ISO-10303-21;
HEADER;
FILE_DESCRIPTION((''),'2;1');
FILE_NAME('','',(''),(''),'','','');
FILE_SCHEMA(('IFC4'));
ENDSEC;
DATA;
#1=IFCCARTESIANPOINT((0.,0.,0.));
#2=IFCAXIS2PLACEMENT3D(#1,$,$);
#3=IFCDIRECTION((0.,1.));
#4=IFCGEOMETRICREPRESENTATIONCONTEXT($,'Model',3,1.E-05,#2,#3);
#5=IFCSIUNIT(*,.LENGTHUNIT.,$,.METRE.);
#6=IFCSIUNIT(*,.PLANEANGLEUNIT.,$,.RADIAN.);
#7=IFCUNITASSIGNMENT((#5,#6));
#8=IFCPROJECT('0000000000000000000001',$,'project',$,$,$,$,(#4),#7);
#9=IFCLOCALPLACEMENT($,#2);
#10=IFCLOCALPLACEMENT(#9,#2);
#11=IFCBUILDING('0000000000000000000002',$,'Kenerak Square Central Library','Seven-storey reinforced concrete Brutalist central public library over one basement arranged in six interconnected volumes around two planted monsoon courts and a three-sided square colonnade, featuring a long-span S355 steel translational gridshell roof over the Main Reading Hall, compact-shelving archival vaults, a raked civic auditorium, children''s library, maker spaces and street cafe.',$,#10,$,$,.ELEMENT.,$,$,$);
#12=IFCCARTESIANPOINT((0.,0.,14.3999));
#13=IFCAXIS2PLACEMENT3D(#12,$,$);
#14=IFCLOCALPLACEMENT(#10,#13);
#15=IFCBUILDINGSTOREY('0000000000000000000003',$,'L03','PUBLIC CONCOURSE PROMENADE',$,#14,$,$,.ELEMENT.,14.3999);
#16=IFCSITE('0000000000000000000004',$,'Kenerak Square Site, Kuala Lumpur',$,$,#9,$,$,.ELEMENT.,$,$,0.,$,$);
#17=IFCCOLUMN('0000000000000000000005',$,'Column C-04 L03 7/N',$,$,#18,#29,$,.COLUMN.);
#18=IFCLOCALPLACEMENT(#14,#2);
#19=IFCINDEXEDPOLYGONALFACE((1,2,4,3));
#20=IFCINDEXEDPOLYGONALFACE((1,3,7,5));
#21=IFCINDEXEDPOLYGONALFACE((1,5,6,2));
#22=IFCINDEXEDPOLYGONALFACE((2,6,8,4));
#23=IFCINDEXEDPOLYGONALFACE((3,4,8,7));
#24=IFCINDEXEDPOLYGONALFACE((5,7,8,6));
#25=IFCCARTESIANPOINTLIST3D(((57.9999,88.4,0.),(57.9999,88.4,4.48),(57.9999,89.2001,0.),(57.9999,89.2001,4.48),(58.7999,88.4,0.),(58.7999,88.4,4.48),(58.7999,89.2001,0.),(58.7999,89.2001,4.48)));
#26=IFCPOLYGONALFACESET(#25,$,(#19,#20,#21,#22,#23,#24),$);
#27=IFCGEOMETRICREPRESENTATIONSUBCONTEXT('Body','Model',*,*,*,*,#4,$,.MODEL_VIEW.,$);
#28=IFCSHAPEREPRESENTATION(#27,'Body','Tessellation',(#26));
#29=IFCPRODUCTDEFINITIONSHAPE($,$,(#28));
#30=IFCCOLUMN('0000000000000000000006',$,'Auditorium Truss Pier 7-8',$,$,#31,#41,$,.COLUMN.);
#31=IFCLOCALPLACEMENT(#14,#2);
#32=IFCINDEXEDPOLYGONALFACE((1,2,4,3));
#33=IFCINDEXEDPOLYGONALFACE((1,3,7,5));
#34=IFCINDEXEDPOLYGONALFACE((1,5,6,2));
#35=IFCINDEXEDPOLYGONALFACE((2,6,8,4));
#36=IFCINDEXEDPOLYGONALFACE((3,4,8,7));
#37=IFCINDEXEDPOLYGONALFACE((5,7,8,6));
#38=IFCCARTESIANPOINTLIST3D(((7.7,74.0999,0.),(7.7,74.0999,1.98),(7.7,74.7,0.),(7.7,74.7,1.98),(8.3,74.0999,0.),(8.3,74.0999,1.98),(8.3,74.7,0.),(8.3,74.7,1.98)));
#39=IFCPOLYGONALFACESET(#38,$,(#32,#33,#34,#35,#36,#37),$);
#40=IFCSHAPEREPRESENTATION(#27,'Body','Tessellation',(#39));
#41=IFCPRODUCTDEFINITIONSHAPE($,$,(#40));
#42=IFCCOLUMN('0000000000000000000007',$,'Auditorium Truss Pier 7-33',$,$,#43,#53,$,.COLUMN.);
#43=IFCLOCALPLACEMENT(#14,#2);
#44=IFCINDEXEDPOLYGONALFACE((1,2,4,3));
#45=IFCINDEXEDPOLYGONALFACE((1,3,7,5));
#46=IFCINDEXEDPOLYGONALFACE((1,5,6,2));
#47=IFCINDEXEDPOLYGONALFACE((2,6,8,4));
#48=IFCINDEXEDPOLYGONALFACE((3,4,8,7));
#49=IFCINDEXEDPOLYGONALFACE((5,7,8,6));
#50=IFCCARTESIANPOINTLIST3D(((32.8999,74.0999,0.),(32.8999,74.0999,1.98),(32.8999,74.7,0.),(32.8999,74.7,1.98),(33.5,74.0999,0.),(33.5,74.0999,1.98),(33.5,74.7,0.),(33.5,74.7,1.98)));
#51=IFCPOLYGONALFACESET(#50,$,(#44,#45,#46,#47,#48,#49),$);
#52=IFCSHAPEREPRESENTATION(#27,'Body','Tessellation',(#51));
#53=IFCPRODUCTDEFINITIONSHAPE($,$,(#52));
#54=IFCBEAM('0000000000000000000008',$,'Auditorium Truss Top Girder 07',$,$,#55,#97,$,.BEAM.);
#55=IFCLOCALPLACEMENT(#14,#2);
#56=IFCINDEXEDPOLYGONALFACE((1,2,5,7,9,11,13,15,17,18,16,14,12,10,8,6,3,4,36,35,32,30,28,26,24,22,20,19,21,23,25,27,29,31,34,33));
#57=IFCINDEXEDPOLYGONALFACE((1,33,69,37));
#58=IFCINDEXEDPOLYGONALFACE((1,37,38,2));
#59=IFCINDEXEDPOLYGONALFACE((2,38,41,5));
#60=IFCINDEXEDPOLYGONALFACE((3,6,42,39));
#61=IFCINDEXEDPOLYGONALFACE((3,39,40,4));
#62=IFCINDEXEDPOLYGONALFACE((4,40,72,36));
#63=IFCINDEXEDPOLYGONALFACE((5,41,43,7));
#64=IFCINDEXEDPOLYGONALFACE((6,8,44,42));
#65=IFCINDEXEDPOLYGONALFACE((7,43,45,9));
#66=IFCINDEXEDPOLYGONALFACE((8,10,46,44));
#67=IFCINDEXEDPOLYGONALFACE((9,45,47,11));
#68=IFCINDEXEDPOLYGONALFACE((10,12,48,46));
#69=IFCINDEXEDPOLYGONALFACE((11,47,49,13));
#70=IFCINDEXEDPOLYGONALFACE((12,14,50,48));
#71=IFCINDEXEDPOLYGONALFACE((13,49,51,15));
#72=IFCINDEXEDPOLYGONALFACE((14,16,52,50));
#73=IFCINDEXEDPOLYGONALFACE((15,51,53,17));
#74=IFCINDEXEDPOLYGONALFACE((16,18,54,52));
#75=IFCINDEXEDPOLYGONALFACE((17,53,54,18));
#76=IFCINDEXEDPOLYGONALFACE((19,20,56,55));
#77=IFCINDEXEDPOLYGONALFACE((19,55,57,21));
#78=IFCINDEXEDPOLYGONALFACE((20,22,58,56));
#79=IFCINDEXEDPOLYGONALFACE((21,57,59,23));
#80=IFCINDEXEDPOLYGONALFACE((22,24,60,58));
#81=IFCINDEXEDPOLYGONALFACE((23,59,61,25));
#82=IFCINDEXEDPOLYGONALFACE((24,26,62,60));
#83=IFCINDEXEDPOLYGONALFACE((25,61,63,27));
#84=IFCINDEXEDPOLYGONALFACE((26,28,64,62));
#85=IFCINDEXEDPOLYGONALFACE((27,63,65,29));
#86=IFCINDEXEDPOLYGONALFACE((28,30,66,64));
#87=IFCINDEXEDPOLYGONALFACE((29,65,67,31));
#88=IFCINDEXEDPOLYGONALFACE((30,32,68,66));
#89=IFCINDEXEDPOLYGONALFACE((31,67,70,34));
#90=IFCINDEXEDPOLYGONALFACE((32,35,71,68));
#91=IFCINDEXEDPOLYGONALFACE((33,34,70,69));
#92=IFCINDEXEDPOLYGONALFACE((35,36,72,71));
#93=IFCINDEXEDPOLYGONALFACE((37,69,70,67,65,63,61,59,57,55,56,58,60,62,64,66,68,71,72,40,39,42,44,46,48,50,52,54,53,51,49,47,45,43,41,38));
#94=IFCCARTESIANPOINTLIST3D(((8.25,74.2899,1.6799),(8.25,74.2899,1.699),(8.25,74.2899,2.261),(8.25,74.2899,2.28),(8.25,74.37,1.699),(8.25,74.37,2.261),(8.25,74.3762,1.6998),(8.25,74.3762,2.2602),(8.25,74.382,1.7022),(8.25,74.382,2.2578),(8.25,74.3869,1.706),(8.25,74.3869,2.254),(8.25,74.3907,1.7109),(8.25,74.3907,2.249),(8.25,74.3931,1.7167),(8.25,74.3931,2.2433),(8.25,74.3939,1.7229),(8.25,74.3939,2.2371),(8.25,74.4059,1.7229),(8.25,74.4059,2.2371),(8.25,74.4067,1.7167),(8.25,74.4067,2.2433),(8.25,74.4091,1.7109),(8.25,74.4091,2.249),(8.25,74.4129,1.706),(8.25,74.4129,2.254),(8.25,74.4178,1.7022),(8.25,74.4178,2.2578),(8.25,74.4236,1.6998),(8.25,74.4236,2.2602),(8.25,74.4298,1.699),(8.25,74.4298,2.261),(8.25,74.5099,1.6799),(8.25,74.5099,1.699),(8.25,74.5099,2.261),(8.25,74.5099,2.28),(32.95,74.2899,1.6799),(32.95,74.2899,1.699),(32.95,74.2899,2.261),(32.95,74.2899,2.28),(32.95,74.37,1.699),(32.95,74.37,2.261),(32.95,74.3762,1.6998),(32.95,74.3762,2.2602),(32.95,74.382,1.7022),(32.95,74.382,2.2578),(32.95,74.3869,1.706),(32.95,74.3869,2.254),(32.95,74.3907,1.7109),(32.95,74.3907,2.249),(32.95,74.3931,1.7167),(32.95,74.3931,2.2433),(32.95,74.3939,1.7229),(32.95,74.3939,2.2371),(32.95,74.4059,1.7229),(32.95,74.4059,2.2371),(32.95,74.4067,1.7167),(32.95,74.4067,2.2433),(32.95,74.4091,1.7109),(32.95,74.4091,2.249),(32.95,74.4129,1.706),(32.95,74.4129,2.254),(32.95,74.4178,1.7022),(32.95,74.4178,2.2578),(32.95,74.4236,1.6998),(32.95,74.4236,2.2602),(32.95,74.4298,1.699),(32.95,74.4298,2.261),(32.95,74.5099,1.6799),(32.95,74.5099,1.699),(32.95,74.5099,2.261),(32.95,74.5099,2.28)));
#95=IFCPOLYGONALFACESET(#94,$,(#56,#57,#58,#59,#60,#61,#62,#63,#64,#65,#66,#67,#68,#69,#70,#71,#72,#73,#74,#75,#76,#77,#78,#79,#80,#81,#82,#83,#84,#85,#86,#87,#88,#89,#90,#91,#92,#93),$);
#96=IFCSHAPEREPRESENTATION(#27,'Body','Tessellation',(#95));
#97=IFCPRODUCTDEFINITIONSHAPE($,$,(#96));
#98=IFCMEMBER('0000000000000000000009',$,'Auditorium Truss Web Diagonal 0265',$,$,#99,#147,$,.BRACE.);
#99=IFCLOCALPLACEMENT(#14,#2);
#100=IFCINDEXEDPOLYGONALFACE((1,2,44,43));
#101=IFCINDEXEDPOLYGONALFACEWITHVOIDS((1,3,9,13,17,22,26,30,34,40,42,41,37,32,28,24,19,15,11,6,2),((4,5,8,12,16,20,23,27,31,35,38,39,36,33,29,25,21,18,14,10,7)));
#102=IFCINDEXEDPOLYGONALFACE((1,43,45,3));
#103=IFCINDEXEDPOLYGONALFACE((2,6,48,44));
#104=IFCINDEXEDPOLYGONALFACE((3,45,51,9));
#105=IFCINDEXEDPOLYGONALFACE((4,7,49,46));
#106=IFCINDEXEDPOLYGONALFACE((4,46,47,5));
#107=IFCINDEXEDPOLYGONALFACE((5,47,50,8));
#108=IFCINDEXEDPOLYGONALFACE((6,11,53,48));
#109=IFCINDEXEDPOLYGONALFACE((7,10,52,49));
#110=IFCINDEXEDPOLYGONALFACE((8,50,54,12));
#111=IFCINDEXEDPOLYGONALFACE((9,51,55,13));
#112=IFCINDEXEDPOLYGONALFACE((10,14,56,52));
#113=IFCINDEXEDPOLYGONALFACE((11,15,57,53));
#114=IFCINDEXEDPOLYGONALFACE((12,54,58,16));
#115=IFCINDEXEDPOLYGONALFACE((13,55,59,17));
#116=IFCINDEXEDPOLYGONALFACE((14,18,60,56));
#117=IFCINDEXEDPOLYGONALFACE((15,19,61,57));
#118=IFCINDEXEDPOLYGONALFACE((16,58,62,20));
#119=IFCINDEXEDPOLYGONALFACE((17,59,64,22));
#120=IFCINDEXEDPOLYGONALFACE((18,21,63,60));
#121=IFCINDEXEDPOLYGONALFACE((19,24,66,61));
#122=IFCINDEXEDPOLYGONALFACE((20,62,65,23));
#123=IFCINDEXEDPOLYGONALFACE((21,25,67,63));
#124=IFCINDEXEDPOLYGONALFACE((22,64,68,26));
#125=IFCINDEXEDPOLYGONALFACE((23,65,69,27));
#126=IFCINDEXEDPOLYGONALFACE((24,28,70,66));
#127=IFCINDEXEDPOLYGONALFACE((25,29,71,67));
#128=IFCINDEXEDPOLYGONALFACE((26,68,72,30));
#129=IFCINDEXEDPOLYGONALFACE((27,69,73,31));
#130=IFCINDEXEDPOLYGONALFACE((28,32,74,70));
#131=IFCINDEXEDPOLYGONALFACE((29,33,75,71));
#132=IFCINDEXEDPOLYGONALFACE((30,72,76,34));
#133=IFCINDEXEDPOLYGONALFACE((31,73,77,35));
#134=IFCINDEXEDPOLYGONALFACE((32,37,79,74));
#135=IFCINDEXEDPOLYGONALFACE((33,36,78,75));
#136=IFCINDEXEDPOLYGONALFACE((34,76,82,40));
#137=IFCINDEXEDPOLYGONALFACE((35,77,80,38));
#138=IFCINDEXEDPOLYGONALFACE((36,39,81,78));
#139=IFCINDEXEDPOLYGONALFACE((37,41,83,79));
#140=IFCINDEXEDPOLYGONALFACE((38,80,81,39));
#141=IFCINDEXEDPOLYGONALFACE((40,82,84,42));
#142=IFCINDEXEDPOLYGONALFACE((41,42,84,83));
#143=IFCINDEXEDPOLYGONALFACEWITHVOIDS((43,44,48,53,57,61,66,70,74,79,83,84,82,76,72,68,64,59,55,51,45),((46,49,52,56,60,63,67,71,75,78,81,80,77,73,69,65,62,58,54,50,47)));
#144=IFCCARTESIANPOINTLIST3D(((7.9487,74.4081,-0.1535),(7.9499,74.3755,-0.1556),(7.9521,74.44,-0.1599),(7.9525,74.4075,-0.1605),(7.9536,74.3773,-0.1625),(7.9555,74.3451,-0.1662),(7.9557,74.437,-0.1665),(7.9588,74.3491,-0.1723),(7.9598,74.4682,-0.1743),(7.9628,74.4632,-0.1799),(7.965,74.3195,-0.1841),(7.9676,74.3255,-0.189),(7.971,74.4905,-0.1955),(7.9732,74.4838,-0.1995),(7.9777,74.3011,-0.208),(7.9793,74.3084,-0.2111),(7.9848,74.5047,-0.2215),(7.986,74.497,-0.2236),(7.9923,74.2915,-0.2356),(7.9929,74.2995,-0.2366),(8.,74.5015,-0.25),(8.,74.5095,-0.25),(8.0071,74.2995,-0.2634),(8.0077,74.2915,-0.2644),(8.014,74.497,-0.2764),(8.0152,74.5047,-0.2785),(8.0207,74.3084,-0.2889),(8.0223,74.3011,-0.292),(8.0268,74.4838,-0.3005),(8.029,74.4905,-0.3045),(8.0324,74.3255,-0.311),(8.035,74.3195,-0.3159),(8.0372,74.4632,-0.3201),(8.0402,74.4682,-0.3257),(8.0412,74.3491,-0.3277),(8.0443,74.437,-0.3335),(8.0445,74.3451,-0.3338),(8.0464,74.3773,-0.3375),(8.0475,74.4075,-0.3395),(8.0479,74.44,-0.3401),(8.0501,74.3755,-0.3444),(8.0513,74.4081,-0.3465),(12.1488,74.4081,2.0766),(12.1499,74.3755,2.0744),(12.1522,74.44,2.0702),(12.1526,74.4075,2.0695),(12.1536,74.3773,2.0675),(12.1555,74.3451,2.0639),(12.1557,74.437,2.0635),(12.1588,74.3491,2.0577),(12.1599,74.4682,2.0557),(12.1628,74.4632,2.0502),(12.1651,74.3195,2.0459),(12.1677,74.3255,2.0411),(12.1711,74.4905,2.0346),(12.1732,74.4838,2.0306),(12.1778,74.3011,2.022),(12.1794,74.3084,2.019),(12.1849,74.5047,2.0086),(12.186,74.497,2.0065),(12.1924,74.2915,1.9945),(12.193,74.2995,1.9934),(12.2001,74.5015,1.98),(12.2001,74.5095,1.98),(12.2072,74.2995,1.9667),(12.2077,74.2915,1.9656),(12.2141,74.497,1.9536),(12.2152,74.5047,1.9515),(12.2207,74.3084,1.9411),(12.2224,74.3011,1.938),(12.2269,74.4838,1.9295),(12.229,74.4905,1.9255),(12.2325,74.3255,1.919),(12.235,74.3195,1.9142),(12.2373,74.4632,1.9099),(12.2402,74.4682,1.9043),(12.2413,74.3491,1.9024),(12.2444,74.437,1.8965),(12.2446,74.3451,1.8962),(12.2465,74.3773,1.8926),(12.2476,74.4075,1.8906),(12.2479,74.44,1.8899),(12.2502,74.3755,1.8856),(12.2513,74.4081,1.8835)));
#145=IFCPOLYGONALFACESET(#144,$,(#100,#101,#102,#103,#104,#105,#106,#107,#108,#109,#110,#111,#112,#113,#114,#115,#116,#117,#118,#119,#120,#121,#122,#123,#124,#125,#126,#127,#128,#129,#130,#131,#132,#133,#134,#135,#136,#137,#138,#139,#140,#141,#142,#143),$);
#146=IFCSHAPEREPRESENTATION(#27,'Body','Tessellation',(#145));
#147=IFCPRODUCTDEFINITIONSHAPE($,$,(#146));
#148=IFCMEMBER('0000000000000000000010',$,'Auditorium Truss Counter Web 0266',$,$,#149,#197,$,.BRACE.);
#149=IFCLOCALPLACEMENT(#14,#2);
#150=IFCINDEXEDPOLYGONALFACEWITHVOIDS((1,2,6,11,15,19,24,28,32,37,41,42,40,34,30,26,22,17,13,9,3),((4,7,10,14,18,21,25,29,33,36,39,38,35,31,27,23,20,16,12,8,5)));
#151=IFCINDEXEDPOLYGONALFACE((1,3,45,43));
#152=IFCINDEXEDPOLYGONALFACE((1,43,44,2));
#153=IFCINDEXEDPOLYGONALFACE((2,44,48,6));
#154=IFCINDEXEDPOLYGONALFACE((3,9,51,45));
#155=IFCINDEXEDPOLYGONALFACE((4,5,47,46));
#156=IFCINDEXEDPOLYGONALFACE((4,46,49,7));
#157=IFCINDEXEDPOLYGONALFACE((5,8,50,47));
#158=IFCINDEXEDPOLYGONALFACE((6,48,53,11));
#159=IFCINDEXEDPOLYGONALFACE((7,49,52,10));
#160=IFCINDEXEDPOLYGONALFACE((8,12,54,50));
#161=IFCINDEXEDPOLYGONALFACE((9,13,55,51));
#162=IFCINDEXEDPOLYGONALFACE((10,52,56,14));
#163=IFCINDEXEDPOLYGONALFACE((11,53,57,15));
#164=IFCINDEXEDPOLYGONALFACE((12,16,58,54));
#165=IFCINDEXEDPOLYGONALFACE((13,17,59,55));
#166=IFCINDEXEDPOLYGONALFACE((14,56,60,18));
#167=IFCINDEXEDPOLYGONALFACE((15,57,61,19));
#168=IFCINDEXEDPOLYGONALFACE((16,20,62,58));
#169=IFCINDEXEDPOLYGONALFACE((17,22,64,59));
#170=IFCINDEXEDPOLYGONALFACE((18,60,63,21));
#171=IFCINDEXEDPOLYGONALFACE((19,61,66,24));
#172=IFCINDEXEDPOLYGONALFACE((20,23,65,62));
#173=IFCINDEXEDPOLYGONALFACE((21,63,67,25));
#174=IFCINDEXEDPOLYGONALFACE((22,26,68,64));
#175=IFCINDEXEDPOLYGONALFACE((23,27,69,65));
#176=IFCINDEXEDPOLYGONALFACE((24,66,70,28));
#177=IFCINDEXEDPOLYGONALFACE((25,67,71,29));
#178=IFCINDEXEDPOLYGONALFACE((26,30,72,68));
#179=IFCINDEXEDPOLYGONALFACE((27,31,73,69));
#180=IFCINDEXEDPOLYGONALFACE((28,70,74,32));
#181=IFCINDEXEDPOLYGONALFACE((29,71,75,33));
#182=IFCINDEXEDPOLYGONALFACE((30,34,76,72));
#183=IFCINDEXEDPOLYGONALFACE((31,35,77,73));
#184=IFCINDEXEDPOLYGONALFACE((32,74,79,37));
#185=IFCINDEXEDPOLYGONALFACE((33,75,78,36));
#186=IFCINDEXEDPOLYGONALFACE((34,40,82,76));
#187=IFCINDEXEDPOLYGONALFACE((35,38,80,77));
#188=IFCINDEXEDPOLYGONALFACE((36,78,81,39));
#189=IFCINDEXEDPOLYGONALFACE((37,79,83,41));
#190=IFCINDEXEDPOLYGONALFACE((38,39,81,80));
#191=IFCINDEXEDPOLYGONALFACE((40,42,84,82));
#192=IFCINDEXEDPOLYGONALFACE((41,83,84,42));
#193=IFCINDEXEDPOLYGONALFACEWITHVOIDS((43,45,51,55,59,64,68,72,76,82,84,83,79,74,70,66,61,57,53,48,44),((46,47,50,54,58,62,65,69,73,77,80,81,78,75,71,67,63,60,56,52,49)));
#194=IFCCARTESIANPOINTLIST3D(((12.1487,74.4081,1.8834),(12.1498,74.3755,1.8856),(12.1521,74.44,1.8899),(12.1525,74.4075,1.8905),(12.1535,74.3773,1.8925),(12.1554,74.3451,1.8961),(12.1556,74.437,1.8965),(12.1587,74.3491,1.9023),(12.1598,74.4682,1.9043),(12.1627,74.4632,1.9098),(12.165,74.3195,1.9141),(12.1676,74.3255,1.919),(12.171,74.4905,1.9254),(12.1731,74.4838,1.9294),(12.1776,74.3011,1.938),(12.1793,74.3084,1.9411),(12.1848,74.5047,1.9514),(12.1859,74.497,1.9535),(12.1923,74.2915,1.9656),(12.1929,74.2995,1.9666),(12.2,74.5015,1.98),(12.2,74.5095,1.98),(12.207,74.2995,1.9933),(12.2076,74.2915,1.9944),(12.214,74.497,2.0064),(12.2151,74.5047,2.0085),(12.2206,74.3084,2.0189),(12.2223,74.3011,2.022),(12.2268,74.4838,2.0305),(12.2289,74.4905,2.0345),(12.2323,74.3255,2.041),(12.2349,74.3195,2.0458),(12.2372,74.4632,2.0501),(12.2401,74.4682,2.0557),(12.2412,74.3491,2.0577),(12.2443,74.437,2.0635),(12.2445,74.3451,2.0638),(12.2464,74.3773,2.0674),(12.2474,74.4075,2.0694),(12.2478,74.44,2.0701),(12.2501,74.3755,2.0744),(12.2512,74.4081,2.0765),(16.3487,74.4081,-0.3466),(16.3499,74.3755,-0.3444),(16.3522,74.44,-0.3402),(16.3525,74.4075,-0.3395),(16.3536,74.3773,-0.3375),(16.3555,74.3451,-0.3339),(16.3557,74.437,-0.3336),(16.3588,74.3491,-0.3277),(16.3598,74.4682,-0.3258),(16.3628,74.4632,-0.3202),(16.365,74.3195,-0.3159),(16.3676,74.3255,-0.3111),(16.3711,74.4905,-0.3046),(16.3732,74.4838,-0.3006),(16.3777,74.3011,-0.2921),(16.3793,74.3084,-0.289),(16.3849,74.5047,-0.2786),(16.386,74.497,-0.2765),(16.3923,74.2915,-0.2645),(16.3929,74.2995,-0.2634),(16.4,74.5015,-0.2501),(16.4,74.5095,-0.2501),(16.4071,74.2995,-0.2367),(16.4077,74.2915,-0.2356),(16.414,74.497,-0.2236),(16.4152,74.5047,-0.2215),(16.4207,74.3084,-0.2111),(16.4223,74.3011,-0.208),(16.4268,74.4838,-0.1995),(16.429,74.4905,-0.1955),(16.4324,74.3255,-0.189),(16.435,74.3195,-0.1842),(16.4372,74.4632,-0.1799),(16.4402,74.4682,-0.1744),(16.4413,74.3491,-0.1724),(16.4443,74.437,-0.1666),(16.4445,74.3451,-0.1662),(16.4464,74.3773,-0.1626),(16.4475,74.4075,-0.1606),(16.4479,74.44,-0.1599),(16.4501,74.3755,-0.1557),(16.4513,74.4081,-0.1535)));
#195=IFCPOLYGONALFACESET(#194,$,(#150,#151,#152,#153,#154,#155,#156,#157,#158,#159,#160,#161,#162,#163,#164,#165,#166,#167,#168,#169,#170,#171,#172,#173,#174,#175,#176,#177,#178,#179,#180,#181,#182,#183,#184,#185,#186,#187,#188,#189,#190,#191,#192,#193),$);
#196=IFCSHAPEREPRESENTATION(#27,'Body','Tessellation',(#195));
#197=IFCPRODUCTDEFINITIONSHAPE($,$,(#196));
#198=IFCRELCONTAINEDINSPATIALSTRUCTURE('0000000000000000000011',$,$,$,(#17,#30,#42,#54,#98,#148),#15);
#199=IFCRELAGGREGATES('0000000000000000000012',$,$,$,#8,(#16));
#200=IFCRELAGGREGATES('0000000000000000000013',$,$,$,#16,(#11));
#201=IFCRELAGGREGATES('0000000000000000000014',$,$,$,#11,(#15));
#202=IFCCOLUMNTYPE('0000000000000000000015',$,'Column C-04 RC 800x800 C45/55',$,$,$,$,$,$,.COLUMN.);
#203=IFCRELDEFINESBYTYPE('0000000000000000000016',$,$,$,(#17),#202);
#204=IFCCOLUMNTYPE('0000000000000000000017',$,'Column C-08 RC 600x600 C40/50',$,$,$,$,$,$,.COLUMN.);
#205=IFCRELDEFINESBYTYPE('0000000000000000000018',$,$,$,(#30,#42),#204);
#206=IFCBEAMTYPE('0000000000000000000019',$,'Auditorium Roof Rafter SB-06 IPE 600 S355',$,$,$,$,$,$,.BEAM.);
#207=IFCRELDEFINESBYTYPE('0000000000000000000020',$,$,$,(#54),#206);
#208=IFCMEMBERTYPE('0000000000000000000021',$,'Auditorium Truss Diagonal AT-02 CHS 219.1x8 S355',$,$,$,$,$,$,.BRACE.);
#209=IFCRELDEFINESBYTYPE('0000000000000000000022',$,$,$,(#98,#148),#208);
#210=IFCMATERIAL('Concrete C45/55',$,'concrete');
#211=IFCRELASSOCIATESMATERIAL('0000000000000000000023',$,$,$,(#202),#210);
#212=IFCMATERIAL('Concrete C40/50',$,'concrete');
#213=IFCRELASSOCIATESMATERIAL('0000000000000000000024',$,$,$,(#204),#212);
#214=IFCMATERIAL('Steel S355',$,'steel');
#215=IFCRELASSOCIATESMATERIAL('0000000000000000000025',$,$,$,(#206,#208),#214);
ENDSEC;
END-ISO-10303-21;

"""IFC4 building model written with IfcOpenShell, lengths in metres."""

from ifc_helpers import new_model, si_unit, direction, frame, origin, origin_2d, place, context, subcontext, project, spatial, rectangle, hollow_circle, i_section, extrude, material, material_profile, profile_set, type_object, element, save


model = new_model("IFC4")

# Units and contexts
model_context = context("Model", 3, precision=1e-05, world=origin(), true_north=direction((0.0, 1.0)))
body_context = subcontext(model_context, "Body", "Model", "MODEL_VIEW")
ifc_project = project(units=[si_unit("LENGTHUNIT", "METRE"), si_unit("PLANEANGLEUNIT", "RADIAN")], contexts=[model_context])

# Site, building, storey
site_placement = place(None, origin())
site = spatial("IfcSite", under=ifc_project, at=site_placement, Name="Kenerak Square Site, Kuala Lumpur", CompositionType="ELEMENT", RefElevation=0.0)
building_placement = place(site_placement, origin())
building = spatial("IfcBuilding", under=site, at=building_placement, Name="Kenerak Square Central Library", Description="Seven-storey reinforced concrete Brutalist central public library over one basement arranged in six interconnected volumes around two planted monsoon courts and a three-sided square colonnade, featuring a long-span S355 steel translational gridshell roof over the Main Reading Hall, compact-shelving archival vaults, a raked civic auditorium, children's library, maker spaces and street cafe.", CompositionType="ELEMENT")
storey_placement = place(building_placement, frame((0.0, 0.0, 14.3999)))
storey = spatial("IfcBuildingStorey", under=building, at=storey_placement, Name="L03", Description="PUBLIC CONCOURSE PROMENADE", CompositionType="ELEMENT", Elevation=14.3999)

# Columns
ifc_material_1 = material(Name="Concrete C45/55", Category="concrete")
ifc_material_profile_1 = material_profile(ifc_material_1, rectangle(XDim=0.8, YDim=0.8, at=origin_2d()), Name="RC 800x800")
ifc_profile_set_1 = profile_set([ifc_material_profile_1], Name="Concrete C45/55")
column_type_1 = type_object("IfcColumnType", Name="Column C-04 RC 800x800 C45/55", PredefinedType="COLUMN", material=ifc_profile_set_1)
column_placement = place(storey_placement, frame((58.3999, 88.8, 0.0), z_axis=(0.0, 0.0, 1.0), x_axis=(1.0, 0.0, 0.0)))
element("IfcColumn", 1, at=column_placement, inside=storey, type_object=column_type_1, Name="Column C-04 L03 7/N", PredefinedType="COLUMN", context=body_context, shape_type="SweptSolid", body=[
    extrude(rectangle(XDim=0.8, YDim=0.8, at=origin_2d()), origin(), (0.0, 0.0, 1.0), 4.48),
])
ifc_material_2 = material(Name="Concrete C40/50", Category="concrete")
ifc_material_profile_2 = material_profile(ifc_material_2, rectangle(XDim=0.6001, YDim=0.6001, at=origin_2d()), Name="RC 600x600")
ifc_profile_set_2 = profile_set([ifc_material_profile_2], Name="Concrete C40/50")
column_type_2 = type_object("IfcColumnType", Name="Column C-08 RC 600x600 C40/50", PredefinedType="COLUMN", material=ifc_profile_set_2)
for number, where, z_axis, x_axis, name in (
    (2, (8.0, 74.3999, 0.0), (0.0, 0.0, 1.0), (1.0, 0.0, 0.0), "Auditorium Truss Pier 7-8"),
    (3, (33.2, 74.3999, 0.0), (0.0, 0.0, 1.0), (1.0, 0.0, 0.0), "Auditorium Truss Pier 7-33"),
):
    element("IfcColumn", number, at=place(storey_placement, frame(where, z_axis=z_axis, x_axis=x_axis)), inside=storey, type_object=column_type_2, Name=name, PredefinedType="COLUMN", context=body_context, shape_type="SweptSolid", body=[
        extrude(rectangle(XDim=0.6001, YDim=0.6001, at=origin_2d()), origin(), (0.0, 0.0, 1.0), 1.98),
    ])

# Beam
ifc_material_3 = material(Name="Steel S355", Category="steel")
ifc_material_profile_3 = material_profile(ifc_material_3, i_section(OverallWidth=0.22, OverallDepth=0.6001, WebThickness=0.012, FlangeThickness=0.019, FilletRadius=0.0239, at=origin_2d()), Name="IPE 600")
ifc_profile_set_3 = profile_set([ifc_material_profile_3], Name="Steel S355")
beam_type_1 = type_object("IfcBeamType", Name="Auditorium Roof Rafter SB-06 IPE 600 S355", PredefinedType="BEAM", material=ifc_profile_set_3)
beam_1_placement = place(storey_placement, frame((8.25, 74.3999, 1.98), z_axis=(1.0, 0.0, 0.0), x_axis=(0.0, 1.0, 0.0)))
element("IfcBeam", 4, at=beam_1_placement, inside=storey, type_object=beam_type_1, Name="Auditorium Truss Top Girder 07", PredefinedType="BEAM", context=body_context, shape_type="SweptSolid", body=[
    extrude(i_section(OverallWidth=0.22, OverallDepth=0.6001, WebThickness=0.012, FlangeThickness=0.019, FilletRadius=0.0239, at=origin_2d()), origin(), (0.0, 0.0, 1.0), 24.7),
])

# Members
ifc_material_profile_4 = material_profile(ifc_material_3, hollow_circle(Radius=0.1096, WallThickness=0.0081, at=origin_2d()), Name="CHS 219.1x8.0")
ifc_profile_set_4 = profile_set([ifc_material_profile_4], Name="Steel S355")
member_type = type_object("IfcMemberType", Name="Auditorium Truss Diagonal AT-02 CHS 219.1x8 S355", PredefinedType="BRACE", material=ifc_profile_set_4)
for number, where, z_axis, x_axis, name in (
    (5, (8.0, 74.3999, -0.25), (0.883224, 0.0, 0.468951), (0.0, 1.0, 0.0), "Auditorium Truss Web Diagonal 0265"),
    (6, (12.2, 74.3999, 1.98), (0.883224, 0.0, -0.468951), (0.0, 1.0, 0.0), "Auditorium Truss Counter Web 0266"),
):
    element("IfcMember", number, at=place(storey_placement, frame(where, z_axis=z_axis, x_axis=x_axis)), inside=storey, type_object=member_type, Name=name, PredefinedType="BRACE", context=body_context, shape_type="SweptSolid", body=[
        extrude(hollow_circle(Radius=0.1096, WallThickness=0.0081, at=origin_2d()), origin(), (0.0, 0.0, 1.0), 4.7554),
    ])

save(model, "model.ifc")
